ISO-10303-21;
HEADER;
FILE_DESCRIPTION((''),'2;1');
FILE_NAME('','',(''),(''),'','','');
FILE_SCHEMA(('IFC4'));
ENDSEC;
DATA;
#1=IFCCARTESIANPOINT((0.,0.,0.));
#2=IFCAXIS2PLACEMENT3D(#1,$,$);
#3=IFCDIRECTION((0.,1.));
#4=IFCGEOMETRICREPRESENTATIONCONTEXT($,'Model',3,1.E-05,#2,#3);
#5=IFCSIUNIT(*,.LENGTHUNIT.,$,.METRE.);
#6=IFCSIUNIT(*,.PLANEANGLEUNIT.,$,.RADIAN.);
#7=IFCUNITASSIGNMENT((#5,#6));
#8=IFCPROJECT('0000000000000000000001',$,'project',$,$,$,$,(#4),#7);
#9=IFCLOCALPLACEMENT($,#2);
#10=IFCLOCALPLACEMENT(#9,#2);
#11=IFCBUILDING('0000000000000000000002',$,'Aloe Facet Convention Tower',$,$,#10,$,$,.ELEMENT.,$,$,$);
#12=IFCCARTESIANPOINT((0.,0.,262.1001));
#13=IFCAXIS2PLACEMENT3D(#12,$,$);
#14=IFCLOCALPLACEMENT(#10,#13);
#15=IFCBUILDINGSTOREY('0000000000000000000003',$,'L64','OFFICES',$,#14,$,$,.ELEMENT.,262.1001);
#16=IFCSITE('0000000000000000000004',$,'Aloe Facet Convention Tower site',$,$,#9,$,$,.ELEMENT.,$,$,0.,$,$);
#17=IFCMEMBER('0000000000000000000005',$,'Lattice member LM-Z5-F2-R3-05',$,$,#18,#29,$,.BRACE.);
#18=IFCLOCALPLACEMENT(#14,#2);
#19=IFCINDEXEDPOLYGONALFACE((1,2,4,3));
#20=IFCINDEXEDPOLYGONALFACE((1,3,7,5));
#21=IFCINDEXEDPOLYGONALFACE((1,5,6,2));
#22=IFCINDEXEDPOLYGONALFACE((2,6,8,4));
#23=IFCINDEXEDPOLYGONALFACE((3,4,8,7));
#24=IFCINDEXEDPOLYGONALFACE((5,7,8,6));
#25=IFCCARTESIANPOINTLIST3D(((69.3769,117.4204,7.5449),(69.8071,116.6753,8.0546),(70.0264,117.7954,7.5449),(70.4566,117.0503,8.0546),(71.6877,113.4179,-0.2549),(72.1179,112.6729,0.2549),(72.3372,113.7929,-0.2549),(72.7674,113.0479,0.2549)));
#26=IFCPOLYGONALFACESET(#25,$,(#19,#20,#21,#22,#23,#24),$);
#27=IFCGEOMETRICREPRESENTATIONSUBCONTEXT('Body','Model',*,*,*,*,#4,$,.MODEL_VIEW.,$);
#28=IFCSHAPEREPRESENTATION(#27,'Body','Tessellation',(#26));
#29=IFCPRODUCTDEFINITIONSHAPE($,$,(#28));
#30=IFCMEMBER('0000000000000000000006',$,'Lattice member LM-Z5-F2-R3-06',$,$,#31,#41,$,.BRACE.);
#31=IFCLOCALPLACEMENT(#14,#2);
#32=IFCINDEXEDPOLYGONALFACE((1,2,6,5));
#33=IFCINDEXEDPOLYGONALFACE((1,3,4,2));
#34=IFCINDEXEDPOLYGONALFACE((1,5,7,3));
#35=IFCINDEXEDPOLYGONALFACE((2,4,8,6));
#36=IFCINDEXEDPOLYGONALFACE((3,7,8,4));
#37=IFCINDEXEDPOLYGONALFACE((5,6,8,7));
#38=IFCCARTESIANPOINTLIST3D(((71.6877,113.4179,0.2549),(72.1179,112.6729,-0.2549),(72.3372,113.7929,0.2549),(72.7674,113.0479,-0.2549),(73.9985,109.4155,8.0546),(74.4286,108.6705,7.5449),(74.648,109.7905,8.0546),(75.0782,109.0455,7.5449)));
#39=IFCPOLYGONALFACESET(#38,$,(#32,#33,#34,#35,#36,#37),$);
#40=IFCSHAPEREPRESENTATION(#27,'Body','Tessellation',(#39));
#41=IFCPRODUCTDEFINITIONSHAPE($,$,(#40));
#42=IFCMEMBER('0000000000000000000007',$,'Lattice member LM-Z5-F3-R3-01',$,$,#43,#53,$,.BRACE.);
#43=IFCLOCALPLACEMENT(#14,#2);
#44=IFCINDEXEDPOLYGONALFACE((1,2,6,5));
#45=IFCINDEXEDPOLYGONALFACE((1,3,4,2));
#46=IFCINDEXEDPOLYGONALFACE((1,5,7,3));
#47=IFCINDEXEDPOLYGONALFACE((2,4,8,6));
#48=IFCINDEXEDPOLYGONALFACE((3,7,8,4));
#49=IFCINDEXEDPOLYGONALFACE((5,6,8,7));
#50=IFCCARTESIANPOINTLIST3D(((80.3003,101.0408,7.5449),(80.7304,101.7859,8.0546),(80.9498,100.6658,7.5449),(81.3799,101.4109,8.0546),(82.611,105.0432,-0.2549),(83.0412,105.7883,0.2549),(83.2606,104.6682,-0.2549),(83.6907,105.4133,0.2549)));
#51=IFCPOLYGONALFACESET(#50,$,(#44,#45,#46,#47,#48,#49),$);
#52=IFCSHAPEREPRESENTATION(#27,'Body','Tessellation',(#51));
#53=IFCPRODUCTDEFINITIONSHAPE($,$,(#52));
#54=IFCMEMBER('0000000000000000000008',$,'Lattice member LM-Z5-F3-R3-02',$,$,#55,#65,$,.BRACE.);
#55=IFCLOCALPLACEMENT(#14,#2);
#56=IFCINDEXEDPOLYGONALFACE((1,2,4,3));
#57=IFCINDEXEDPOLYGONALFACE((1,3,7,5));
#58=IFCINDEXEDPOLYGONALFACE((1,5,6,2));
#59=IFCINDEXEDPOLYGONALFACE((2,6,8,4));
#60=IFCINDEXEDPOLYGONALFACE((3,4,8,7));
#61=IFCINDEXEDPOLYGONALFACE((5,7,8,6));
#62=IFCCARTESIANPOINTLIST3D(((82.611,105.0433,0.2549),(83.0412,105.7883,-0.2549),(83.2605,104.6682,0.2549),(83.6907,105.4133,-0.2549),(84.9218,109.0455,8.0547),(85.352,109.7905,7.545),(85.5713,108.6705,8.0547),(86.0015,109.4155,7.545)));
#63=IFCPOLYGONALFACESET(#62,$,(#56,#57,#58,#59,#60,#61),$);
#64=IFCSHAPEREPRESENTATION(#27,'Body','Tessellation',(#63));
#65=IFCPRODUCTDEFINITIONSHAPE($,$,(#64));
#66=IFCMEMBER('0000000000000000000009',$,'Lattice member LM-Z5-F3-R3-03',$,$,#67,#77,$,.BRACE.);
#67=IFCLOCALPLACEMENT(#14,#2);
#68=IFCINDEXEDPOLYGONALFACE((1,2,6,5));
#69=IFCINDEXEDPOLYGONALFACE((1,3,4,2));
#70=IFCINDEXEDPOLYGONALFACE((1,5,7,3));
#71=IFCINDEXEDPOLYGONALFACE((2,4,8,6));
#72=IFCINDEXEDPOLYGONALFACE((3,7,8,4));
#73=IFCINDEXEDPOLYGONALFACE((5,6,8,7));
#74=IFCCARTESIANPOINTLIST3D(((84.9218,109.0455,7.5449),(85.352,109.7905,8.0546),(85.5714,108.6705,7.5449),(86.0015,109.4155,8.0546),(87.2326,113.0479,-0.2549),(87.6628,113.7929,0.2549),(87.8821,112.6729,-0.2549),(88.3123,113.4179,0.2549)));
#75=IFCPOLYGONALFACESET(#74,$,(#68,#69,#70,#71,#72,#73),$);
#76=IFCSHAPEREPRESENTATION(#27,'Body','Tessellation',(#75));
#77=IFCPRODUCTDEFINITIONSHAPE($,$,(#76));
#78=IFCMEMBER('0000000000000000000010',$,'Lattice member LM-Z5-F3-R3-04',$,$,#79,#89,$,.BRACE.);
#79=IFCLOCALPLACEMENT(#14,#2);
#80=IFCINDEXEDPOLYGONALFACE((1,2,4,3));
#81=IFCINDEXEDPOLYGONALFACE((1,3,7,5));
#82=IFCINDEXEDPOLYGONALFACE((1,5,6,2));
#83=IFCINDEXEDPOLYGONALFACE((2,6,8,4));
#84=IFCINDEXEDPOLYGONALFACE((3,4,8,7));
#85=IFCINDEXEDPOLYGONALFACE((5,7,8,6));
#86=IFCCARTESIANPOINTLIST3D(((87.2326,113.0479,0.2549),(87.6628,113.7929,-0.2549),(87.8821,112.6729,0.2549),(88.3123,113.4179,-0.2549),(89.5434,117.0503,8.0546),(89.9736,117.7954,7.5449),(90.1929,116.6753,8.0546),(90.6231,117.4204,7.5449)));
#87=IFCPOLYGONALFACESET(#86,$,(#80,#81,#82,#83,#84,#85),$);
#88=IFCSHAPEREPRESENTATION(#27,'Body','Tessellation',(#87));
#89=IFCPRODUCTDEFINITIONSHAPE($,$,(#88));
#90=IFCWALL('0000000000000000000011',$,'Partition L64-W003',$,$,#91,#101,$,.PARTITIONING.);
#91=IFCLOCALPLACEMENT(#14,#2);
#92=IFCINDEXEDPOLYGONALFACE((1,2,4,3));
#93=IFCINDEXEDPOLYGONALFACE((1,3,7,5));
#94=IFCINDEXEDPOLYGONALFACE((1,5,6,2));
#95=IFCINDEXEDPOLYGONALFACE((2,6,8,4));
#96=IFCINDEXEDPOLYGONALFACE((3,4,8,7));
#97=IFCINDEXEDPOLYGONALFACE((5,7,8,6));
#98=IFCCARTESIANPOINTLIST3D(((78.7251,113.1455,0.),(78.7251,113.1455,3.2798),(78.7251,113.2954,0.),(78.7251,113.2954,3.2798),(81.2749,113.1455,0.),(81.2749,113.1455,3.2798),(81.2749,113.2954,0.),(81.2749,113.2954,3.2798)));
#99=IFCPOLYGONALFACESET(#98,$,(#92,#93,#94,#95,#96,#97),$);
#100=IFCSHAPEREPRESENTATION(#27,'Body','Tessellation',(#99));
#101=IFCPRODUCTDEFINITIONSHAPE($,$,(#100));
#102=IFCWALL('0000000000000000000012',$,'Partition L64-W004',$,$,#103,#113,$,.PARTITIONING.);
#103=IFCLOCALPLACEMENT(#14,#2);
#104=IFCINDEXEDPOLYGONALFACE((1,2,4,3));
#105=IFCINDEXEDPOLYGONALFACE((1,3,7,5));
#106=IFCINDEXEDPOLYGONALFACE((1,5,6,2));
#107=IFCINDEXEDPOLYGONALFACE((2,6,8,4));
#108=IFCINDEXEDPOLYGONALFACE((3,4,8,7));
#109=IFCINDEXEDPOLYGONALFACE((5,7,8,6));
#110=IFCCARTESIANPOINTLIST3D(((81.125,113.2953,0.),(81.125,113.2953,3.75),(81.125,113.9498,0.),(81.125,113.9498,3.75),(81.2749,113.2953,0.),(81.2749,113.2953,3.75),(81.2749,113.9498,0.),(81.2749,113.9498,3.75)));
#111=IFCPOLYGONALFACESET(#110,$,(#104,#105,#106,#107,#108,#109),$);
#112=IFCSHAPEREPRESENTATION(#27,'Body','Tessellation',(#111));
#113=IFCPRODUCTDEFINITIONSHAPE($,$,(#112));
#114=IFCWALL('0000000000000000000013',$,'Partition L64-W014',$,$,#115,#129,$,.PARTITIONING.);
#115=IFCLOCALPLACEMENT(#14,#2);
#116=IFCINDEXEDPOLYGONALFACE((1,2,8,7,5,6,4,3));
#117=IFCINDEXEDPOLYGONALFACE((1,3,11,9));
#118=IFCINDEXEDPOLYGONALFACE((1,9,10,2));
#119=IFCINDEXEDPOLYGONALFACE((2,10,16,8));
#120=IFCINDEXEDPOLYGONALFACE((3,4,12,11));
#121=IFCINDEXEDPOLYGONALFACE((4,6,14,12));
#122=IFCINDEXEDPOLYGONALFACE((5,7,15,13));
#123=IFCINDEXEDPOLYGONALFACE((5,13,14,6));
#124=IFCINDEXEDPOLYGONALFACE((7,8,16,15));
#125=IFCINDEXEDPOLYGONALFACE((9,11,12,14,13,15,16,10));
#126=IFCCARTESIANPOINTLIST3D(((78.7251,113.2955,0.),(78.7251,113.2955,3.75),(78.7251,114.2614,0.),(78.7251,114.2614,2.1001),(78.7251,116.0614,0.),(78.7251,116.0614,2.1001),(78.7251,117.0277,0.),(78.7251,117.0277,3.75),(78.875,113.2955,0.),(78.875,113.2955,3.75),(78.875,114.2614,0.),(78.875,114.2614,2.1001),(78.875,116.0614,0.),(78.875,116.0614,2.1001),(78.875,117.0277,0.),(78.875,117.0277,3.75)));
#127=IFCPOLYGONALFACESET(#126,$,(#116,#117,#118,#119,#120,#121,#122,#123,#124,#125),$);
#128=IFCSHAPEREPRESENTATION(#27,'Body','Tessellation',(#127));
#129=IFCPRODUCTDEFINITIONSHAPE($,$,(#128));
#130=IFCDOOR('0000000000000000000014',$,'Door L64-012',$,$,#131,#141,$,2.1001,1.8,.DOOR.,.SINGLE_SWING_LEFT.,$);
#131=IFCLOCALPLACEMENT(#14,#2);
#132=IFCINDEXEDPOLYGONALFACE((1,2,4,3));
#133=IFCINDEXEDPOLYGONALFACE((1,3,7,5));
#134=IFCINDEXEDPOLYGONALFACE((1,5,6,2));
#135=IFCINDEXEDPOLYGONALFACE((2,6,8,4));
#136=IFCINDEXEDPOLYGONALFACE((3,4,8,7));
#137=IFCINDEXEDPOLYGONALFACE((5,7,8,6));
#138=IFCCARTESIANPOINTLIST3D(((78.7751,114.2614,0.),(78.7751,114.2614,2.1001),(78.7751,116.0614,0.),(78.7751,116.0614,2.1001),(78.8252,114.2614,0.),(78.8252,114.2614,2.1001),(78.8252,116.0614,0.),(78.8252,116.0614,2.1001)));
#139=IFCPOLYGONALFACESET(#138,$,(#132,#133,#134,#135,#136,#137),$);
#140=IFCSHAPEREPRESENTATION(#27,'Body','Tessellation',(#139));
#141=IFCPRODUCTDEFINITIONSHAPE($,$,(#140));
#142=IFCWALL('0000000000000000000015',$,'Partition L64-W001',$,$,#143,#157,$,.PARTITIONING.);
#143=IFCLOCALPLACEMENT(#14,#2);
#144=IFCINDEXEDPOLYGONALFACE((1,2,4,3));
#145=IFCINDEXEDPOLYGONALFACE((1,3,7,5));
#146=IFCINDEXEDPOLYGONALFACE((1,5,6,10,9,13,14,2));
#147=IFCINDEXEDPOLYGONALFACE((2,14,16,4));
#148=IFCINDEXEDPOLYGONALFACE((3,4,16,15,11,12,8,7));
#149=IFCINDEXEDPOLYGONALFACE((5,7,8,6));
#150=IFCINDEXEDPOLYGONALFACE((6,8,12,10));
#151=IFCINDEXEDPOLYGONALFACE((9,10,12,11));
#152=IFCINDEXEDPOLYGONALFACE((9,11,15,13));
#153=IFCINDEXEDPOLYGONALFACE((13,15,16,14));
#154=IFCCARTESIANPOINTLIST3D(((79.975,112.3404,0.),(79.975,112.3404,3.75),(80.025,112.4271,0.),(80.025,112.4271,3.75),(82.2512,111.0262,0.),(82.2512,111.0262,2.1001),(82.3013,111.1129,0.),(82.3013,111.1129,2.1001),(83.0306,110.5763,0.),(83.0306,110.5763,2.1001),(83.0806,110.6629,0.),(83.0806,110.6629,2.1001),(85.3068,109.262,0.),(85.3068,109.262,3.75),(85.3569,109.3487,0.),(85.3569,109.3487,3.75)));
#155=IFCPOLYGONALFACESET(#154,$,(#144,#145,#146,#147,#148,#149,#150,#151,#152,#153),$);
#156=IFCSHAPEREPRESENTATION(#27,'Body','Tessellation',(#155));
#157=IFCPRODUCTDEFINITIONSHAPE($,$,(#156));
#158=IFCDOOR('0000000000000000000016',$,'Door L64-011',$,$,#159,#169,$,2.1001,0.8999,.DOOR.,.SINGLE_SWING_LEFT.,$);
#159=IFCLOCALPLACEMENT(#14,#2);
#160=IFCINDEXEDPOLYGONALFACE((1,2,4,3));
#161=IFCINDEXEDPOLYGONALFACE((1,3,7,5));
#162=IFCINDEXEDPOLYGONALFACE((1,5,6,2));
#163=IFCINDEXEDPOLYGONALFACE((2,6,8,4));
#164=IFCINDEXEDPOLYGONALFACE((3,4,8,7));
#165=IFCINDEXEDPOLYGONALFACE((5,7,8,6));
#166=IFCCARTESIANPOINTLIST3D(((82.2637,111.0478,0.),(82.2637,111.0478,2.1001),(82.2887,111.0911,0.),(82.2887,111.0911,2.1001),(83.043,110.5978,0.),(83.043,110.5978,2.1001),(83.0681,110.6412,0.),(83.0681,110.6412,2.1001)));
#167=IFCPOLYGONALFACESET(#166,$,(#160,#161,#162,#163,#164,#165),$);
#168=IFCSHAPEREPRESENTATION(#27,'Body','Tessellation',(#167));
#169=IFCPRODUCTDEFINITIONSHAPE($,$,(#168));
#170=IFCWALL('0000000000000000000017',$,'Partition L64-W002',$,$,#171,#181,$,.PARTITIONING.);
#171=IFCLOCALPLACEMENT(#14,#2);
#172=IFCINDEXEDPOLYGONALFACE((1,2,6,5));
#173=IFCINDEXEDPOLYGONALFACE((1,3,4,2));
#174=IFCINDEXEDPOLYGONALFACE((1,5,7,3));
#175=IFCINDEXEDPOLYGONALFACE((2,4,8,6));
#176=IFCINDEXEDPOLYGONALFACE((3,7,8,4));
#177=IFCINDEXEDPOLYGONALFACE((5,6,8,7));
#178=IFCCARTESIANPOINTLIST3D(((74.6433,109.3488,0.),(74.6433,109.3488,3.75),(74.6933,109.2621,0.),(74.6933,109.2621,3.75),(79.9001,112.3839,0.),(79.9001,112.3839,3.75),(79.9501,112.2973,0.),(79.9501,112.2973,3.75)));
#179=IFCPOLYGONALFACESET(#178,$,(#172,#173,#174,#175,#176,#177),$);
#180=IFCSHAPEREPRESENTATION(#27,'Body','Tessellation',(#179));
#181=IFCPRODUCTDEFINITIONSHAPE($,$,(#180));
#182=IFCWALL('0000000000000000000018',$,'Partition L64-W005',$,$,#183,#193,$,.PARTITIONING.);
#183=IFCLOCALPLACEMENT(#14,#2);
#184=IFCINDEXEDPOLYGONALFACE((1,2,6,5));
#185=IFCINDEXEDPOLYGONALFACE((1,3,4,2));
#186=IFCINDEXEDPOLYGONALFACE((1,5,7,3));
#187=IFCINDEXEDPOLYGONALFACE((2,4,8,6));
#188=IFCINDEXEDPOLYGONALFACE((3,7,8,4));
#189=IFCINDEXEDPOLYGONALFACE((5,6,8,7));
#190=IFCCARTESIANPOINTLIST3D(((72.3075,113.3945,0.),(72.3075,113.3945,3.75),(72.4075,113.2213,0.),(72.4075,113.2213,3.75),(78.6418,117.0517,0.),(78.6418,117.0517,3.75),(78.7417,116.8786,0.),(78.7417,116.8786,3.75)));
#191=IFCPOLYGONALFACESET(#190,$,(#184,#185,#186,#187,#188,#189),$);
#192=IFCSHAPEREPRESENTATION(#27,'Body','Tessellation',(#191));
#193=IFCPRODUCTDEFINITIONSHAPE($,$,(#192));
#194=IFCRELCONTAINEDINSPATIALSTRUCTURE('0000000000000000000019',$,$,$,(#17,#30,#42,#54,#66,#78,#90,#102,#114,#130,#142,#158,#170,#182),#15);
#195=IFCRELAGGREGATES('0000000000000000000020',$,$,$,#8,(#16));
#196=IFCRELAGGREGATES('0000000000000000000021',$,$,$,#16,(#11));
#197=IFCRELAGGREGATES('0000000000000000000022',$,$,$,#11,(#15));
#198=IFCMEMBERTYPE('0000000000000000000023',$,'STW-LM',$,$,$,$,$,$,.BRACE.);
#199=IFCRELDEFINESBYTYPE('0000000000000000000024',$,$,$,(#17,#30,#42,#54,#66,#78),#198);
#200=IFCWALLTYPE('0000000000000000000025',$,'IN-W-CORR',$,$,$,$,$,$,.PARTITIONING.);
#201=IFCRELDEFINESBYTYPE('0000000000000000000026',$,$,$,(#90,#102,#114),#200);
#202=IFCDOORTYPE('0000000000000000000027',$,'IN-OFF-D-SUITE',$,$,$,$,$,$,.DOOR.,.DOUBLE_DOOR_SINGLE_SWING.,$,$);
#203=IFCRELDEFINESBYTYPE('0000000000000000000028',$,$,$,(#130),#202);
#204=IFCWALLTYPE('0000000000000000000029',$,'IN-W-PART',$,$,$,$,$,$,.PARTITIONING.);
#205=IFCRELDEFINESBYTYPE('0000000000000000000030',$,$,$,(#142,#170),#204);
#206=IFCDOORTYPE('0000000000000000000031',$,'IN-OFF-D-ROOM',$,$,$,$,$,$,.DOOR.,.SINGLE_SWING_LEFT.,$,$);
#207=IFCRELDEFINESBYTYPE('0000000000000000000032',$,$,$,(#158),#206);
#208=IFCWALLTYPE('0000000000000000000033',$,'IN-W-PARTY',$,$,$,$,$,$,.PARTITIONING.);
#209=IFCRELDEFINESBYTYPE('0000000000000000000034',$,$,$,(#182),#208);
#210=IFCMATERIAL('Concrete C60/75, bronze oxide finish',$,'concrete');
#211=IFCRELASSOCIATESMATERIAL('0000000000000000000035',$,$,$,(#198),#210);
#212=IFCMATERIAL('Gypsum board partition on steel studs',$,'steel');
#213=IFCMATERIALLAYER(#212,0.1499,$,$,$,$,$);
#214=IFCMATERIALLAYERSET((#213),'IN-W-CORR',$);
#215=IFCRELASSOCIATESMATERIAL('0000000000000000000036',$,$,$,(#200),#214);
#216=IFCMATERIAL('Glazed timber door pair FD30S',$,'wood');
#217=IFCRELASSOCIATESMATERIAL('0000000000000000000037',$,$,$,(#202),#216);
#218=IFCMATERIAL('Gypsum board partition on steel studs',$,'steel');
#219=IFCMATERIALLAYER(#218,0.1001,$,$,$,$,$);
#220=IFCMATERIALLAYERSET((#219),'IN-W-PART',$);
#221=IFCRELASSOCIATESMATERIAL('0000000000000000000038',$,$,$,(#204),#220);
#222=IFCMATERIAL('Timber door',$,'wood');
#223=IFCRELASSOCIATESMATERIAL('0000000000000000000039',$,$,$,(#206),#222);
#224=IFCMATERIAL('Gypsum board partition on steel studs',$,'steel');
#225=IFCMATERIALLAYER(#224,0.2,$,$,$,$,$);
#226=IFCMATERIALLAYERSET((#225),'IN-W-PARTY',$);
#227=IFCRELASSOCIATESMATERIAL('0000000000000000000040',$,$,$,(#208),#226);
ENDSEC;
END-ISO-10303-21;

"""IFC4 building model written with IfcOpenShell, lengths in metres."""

from ifc_helpers import new_model, si_unit, direction, frame, frame_2d, origin, origin_2d, place, context, subcontext, project, spatial, rectangle, extrude, material, layer, layer_set, material_profile, profile_set, type_object, element, fill, save


model = new_model("IFC4")

# Units and contexts
model_context = context("Model", 3, precision=1e-05, world=origin(), true_north=direction((0.0, 1.0)))
body_context = subcontext(model_context, "Body", "Model", "MODEL_VIEW")
ifc_project = project(units=[si_unit("LENGTHUNIT", "METRE"), si_unit("PLANEANGLEUNIT", "RADIAN")], contexts=[model_context])

# Site, building, storey
site_placement = place(None, origin())
site = spatial("IfcSite", under=ifc_project, at=site_placement, Name="Aloe Facet Convention Tower site", CompositionType="ELEMENT", RefElevation=0.0)
building_placement = place(site_placement, origin())
building = spatial("IfcBuilding", under=site, at=building_placement, Name="Aloe Facet Convention Tower", CompositionType="ELEMENT")
storey_placement = place(building_placement, frame((0.0, 0.0, 262.1001)))
storey = spatial("IfcBuildingStorey", under=building, at=storey_placement, Name="L64", Description="OFFICES", CompositionType="ELEMENT", Elevation=262.1001)

# Members
ifc_material_1 = material(Name="Concrete C60/75, bronze oxide finish", Category="concrete")
ifc_material_profile_1 = material_profile(ifc_material_1, rectangle(XDim=0.75, YDim=1.0, at=origin_2d()), Name="STW-LM")
ifc_profile_set_1 = profile_set([ifc_material_profile_1], Name="Concrete C60/75, bronze oxide finish")
member_type = type_object("IfcMemberType", Name="STW-LM", PredefinedType="BRACE", material=ifc_profile_set_1)
for number, where, z_axis, x_axis, name in (
    (1, (72.2275, 113.2329, 0.0), (-0.254879, 0.441468, 0.860315), (-0.866027, -0.499997, 0.0), "Lattice member LM-Z5-F2-R3-05"),
    (2, (72.2275, 113.2329, 0.0), (0.254879, -0.441468, 0.860315), (0.866027, 0.499997, 0.0), "Lattice member LM-Z5-F2-R3-06"),
    (3, (83.1509, 105.2283, 0.0), (-0.254879, -0.441468, 0.860315), (0.866027, -0.499997, 0.0), "Lattice member LM-Z5-F3-R3-01"),
    (4, (83.1509, 105.2283, 0.0), (0.254882, 0.441446, 0.860326), (-0.866014, 0.50002, 0.0), "Lattice member LM-Z5-F3-R3-02"),
    (5, (87.7725, 113.2329, 0.0), (-0.254879, -0.441468, 0.860315), (0.866027, -0.499997, 0.0), "Lattice member LM-Z5-F3-R3-03"),
    (6, (87.7725, 113.2329, 0.0), (0.254879, 0.441468, 0.860315), (-0.866027, 0.499997, 0.0), "Lattice member LM-Z5-F3-R3-04"),
):
    element("IfcMember", number, at=place(storey_placement, frame(where, z_axis=z_axis, x_axis=x_axis)), inside=storey, type_object=member_type, Name=name, PredefinedType="BRACE", context=body_context, shape_type="SweptSolid", body=[
        extrude(rectangle(XDim=0.75, YDim=1.0, at=origin_2d()), origin(), (0.0, 0.0, 1.0), 9.0662),
    ])

# Walls
ifc_material_2 = material(Name="Gypsum board partition on steel studs", Category="steel")
ifc_layer_1 = layer(ifc_material_2, 0.1499)
ifc_layer_set_1 = layer_set([ifc_layer_1], Name="IN-W-CORR")
wall_type_1 = type_object("IfcWallType", Name="IN-W-CORR", PredefinedType="PARTITIONING", material=ifc_layer_set_1)
wall_1_placement = place(storey_placement, frame((78.7251, 113.2205, 0.0), z_axis=(0.0, 0.0, 1.0), x_axis=(1.0, 0.0, 0.0)))
element("IfcWall", 7, at=wall_1_placement, inside=storey, type_object=wall_type_1, Name="Partition L64-W003", PredefinedType="PARTITIONING", context=body_context, shape_type="SweptSolid", body=[
    extrude(rectangle(XDim=2.5498, YDim=0.1499, at=frame_2d((1.2749, 0.0))), origin(), (0.0, 0.0, 1.0), 3.2798),
])
wall_2_placement = place(storey_placement, frame((81.2, 113.2954, 0.0), z_axis=(0.0, 0.0, 1.0), x_axis=(0.0, 1.0, 0.0)))
element("IfcWall", 8, at=wall_2_placement, inside=storey, type_object=wall_type_1, Name="Partition L64-W004", PredefinedType="PARTITIONING", context=body_context, shape_type="SweptSolid", body=[
    extrude(rectangle(XDim=0.6545, YDim=0.1499, at=frame_2d((0.3271, 0.0))), origin(), (0.0, 0.0, 1.0), 3.75),
])

# Walls, openings, doors
wall_3_placement = place(storey_placement, frame((78.8, 113.2954, 0.0), z_axis=(0.0, 0.0, 1.0), x_axis=(0.0, 1.0, 0.0)))
wall_3 = element("IfcWall", 9, at=wall_3_placement, inside=storey, type_object=wall_type_1, Name="Partition L64-W014", PredefinedType="PARTITIONING", context=body_context, shape_type="SweptSolid", body=[
    extrude(rectangle(XDim=3.7322, YDim=0.1499, at=frame_2d((1.8662, 0.0))), origin(), (0.0, 0.0, 1.0), 3.75),
])
opening_1_placement = place(wall_3_placement, frame((0.9661, 0.0, 0.0)))
opening_1 = element("IfcOpeningElement", 10, at=opening_1_placement, cuts=wall_3, PredefinedType="OPENING", context=body_context, shape_type="SweptSolid", body=[
    extrude(rectangle(XDim=1.8, YDim=2.1001, at=frame_2d((0.8999, 1.05))), frame((0.0, 0.085, 0.0), z_axis=(0.0, -1.0, 0.0), x_axis=(1.0, 0.0, 0.0)), (0.0, 0.0, 1.0), 0.1699),
])
ifc_material_3 = material(Name="Glazed timber door pair FD30S", Category="wood")
door_type_1 = type_object("IfcDoorType", Name="IN-OFF-D-SUITE", OperationType="DOUBLE_DOOR_SINGLE_SWING", PredefinedType="DOOR", material=ifc_material_3)
door_1_placement = place(opening_1_placement, origin())
door_1 = element("IfcDoor", 11, at=door_1_placement, inside=storey, type_object=door_type_1, Name="Door L64-012", OperationType="SINGLE_SWING_LEFT", OverallHeight=2.1001, OverallWidth=1.8, PredefinedType="DOOR", context=body_context, shape_type="SweptSolid", body=[
    extrude(rectangle(XDim=1.8, YDim=2.1001, at=frame_2d((0.8999, 1.05))), frame((0.0, 0.0249, 0.0), z_axis=(0.0, -1.0, 0.0), x_axis=(1.0, 0.0, 0.0)), (0.0, 0.0, 1.0), 0.05),
])
fill(opening_1, door_1)
ifc_material_4 = material(Name="Gypsum board partition on steel studs", Category="steel")
ifc_layer_2 = layer(ifc_material_4, 0.1001)
ifc_layer_set_2 = layer_set([ifc_layer_2], Name="IN-W-PART")
wall_type_2 = type_object("IfcWallType", Name="IN-W-PART", PredefinedType="PARTITIONING", material=ifc_layer_set_2)
wall_4_placement = place(storey_placement, frame((80.0, 112.3838, 0.0), z_axis=(0.0, 0.0, 1.0), x_axis=(0.866021, -0.500007, 0.0)))
wall_4 = element("IfcWall", 12, at=wall_4_placement, inside=storey, type_object=wall_type_2, Name="Partition L64-W001", PredefinedType="PARTITIONING", context=body_context, shape_type="SweptSolid", body=[
    extrude(rectangle(XDim=6.1567, YDim=0.1001, at=frame_2d((3.0784, 0.0))), origin(), (0.0, 0.0, 1.0), 3.75),
])
opening_2_placement = place(wall_4_placement, frame((2.6284, 0.0, 0.0)))
opening_2 = element("IfcOpeningElement", 13, at=opening_2_placement, cuts=wall_4, PredefinedType="OPENING", context=body_context, shape_type="SweptSolid", body=[
    extrude(rectangle(XDim=0.8999, YDim=2.1001, at=frame_2d((0.45, 1.05))), frame((0.0, 0.0601, 0.0), z_axis=(0.0, -1.0, 0.0), x_axis=(1.0, 0.0, 0.0)), (0.0, 0.0, 1.0), 0.1201),
])
ifc_material_5 = material(Name="Timber door", Category="wood")
door_type_2 = type_object("IfcDoorType", Name="IN-OFF-D-ROOM", OperationType="SINGLE_SWING_LEFT", PredefinedType="DOOR", material=ifc_material_5)
door_2_placement = place(opening_2_placement, origin())
door_2 = element("IfcDoor", 14, at=door_2_placement, inside=storey, type_object=door_type_2, Name="Door L64-011", OperationType="SINGLE_SWING_LEFT", OverallHeight=2.1001, OverallWidth=0.8999, PredefinedType="DOOR", context=body_context, shape_type="SweptSolid", body=[
    extrude(rectangle(XDim=0.8999, YDim=2.1001, at=frame_2d((0.45, 1.05))), frame((0.0, 0.0249, 0.0), z_axis=(0.0, -1.0, 0.0), x_axis=(1.0, 0.0, 0.0)), (0.0, 0.0, 1.0), 0.05),
])
fill(opening_2, door_2)

# Walls
wall_5_placement = place(storey_placement, frame((74.6682, 109.3054, 0.0), z_axis=(0.0, 0.0, 1.0), x_axis=(0.866017, 0.500015, 0.0)))
element("IfcWall", 15, at=wall_5_placement, inside=storey, type_object=wall_type_2, Name="Partition L64-W002", PredefinedType="PARTITIONING", context=body_context, shape_type="SweptSolid", body=[
    extrude(rectangle(XDim=6.0701, YDim=0.1001, at=frame_2d((3.0352, 0.0))), origin(), (0.0, 0.0, 1.0), 3.75),
])
ifc_material_6 = material(Name="Gypsum board partition on steel studs", Category="steel")
ifc_layer_3 = layer(ifc_material_6, 0.2)
ifc_layer_set_3 = layer_set([ifc_layer_3], Name="IN-W-PARTY")
wall_type_3 = type_object("IfcWallType", Name="IN-W-PARTY", PredefinedType="PARTITIONING", material=ifc_layer_set_3)
wall_6_placement = place(storey_placement, frame((72.3574, 113.3079, 0.0), z_axis=(0.0, 0.0, 1.0), x_axis=(0.866016, 0.500016, 0.0)))
element("IfcWall", 16, at=wall_6_placement, inside=storey, type_object=wall_type_3, Name="Partition L64-W005", PredefinedType="PARTITIONING", context=body_context, shape_type="SweptSolid", body=[
    extrude(rectangle(XDim=7.3142, YDim=0.2, at=frame_2d((3.6572, 0.0))), origin(), (0.0, 0.0, 1.0), 3.75),
])

save(model, "model.ifc")
